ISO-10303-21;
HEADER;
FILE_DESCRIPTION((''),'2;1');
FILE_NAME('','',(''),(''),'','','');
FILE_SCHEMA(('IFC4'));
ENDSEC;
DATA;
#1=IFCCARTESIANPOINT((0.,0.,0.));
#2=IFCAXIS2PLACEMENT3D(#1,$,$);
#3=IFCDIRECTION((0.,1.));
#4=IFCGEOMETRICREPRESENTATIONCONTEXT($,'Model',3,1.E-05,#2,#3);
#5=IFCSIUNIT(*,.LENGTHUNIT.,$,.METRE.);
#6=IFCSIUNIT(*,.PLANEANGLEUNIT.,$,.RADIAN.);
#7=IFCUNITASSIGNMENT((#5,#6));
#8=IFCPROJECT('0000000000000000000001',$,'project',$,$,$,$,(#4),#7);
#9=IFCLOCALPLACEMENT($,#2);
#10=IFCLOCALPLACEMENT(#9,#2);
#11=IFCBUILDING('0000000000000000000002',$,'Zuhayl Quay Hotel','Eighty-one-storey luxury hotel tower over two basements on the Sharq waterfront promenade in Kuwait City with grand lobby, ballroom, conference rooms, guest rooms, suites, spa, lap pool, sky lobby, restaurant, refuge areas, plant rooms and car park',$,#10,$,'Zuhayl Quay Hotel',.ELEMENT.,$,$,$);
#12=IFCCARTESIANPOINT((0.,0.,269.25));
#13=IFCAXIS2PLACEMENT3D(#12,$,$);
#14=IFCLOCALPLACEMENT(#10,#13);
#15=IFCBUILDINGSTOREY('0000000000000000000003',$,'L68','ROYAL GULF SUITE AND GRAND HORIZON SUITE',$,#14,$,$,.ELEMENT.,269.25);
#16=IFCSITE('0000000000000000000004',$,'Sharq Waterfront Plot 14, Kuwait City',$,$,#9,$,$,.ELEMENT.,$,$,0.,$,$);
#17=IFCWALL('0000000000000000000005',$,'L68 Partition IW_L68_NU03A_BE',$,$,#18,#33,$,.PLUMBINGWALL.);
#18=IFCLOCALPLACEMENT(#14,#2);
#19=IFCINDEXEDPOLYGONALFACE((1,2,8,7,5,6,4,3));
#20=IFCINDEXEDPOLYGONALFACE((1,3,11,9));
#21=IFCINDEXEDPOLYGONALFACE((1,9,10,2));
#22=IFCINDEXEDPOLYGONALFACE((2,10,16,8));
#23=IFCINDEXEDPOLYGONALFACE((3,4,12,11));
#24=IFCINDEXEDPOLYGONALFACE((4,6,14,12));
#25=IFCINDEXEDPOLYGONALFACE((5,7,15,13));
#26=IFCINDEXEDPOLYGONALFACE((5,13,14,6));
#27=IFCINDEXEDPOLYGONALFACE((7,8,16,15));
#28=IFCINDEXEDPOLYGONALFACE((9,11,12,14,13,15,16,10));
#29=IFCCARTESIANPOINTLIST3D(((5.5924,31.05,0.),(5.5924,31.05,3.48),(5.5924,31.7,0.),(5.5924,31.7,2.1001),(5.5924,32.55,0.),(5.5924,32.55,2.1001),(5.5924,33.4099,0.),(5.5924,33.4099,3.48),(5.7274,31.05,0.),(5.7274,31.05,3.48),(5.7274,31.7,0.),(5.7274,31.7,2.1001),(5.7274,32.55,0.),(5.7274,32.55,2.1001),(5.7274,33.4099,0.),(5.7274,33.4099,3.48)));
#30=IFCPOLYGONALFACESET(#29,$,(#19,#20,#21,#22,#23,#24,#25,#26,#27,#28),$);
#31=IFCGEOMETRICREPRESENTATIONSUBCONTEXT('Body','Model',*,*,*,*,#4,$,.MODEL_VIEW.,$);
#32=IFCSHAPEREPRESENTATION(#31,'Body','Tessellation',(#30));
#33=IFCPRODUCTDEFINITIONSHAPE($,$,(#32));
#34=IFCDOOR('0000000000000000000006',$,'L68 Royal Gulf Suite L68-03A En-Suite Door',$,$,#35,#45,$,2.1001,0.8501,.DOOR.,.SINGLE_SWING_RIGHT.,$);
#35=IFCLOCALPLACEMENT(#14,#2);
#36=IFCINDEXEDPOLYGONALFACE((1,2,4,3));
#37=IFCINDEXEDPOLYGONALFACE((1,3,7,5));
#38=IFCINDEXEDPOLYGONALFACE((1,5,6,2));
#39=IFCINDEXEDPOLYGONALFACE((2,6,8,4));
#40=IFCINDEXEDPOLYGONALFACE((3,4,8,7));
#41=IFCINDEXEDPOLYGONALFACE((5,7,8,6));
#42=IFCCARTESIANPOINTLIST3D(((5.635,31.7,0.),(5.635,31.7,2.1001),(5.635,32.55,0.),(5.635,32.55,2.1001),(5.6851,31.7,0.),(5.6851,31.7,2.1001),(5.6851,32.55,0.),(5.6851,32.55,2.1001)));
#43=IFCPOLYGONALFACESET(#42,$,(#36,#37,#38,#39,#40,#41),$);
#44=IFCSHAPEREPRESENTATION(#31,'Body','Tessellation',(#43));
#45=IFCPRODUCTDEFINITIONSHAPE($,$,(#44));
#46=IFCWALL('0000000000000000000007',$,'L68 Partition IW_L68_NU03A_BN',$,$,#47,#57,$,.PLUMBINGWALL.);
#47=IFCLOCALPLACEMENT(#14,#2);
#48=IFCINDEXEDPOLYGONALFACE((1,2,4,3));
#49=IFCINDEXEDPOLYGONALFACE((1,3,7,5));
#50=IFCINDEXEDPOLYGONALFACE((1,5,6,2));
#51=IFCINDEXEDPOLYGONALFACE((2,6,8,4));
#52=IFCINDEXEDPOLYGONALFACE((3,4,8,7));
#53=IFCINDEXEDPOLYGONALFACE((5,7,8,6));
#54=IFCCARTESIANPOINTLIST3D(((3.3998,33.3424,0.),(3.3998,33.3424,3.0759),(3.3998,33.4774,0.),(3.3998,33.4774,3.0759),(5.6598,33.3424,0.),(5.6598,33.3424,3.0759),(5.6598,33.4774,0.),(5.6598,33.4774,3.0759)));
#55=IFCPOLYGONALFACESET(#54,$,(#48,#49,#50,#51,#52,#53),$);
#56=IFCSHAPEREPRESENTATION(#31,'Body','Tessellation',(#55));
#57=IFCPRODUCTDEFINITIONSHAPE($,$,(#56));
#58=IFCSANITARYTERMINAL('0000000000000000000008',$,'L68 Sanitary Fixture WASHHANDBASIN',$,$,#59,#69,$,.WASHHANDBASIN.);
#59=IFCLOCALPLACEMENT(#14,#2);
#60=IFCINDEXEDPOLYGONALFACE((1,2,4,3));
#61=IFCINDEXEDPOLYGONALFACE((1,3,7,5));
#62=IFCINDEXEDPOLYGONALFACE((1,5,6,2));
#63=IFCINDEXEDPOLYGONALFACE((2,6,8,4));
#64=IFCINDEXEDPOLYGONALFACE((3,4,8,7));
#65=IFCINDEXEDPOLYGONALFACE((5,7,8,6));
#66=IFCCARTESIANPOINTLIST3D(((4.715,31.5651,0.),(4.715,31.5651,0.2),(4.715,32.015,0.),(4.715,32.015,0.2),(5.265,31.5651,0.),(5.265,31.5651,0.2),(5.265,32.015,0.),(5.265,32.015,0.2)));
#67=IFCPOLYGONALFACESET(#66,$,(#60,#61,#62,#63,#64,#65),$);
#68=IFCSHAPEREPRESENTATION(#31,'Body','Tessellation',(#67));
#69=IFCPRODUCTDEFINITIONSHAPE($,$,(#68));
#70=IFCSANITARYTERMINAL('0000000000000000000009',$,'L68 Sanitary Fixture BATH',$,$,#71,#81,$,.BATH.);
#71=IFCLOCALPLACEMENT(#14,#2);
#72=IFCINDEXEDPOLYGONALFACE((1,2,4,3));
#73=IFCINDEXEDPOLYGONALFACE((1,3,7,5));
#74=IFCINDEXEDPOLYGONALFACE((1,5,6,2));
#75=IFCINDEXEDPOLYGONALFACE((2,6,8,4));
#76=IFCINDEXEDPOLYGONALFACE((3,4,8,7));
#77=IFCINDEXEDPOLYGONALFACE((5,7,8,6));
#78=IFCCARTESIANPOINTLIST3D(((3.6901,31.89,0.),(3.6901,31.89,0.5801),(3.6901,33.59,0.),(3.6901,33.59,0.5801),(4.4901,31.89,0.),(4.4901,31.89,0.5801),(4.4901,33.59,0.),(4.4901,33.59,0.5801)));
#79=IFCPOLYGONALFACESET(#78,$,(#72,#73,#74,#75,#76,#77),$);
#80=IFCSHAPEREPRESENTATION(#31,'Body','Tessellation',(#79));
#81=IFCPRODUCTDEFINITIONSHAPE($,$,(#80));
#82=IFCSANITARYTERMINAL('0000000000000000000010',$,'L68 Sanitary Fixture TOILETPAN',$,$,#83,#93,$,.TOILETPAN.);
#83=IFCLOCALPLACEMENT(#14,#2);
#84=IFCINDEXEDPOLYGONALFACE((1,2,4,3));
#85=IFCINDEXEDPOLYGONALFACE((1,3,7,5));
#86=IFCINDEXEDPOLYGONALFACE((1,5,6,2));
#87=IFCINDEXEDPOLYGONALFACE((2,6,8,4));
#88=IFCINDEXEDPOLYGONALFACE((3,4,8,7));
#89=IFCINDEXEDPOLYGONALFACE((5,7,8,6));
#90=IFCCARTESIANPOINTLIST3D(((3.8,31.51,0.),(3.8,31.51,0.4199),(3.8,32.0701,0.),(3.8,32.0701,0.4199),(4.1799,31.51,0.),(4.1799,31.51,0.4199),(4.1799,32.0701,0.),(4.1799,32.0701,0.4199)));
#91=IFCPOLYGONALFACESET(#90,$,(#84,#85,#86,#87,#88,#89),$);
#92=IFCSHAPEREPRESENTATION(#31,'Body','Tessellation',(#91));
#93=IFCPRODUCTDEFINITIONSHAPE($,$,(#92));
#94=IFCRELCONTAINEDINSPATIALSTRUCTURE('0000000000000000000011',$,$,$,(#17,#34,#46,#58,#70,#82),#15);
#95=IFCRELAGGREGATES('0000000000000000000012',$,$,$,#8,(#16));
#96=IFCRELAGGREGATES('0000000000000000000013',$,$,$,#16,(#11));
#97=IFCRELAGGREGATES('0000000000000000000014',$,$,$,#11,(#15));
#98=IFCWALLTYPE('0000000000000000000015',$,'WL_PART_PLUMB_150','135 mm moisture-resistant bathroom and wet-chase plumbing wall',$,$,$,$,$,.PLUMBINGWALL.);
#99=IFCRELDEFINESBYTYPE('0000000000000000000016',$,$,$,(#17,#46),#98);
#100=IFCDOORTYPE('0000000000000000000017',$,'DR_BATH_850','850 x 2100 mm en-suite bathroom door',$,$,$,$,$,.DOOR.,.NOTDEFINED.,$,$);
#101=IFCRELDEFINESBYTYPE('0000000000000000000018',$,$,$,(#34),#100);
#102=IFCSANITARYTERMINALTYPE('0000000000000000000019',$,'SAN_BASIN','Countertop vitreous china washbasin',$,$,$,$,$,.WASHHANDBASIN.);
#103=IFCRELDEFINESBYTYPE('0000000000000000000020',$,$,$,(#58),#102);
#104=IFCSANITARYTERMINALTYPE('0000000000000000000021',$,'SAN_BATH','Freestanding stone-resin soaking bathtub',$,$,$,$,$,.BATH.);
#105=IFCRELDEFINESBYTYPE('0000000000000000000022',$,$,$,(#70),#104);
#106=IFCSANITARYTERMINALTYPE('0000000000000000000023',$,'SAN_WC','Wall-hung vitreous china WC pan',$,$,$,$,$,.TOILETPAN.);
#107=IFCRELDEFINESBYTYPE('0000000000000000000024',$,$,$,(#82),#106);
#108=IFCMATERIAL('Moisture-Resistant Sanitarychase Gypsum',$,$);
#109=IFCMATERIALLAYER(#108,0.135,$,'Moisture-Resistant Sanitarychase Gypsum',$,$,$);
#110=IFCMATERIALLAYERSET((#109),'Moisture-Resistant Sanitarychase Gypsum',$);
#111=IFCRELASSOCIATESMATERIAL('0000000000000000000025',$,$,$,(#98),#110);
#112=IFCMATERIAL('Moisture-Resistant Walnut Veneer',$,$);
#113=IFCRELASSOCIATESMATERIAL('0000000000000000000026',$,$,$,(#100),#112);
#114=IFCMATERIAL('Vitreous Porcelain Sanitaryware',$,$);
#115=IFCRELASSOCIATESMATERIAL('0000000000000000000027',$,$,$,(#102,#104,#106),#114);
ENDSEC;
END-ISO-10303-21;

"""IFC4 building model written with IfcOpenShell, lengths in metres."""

from ifc_helpers import new_model, si_unit, direction, frame, frame_2d, origin, origin_2d, place, context, subcontext, project, spatial, rectangle, extrude, material, layer, layer_set, type_object, element, fill, save


model = new_model("IFC4")

# Units and contexts
model_context = context("Model", 3, precision=1e-05, world=origin(), true_north=direction((0.0, 1.0)))
body_context = subcontext(model_context, "Body", "Model", "MODEL_VIEW")
ifc_project = project(units=[si_unit("LENGTHUNIT", "METRE"), si_unit("PLANEANGLEUNIT", "RADIAN")], contexts=[model_context])

# Site, building, storey
site_placement = place(None, origin())
site = spatial("IfcSite", under=ifc_project, at=site_placement, Name="Sharq Waterfront Plot 14, Kuwait City", CompositionType="ELEMENT", RefElevation=0.0)
building_placement = place(site_placement, origin())
building = spatial("IfcBuilding", under=site, at=building_placement, Name="Zuhayl Quay Hotel", Description="Eighty-one-storey luxury hotel tower over two basements on the Sharq waterfront promenade in Kuwait City with grand lobby, ballroom, conference rooms, guest rooms, suites, spa, lap pool, sky lobby, restaurant, refuge areas, plant rooms and car park", LongName="Zuhayl Quay Hotel", CompositionType="ELEMENT")
storey_placement = place(building_placement, frame((0.0, 0.0, 269.25)))
storey = spatial("IfcBuildingStorey", under=building, at=storey_placement, Name="L68", Description="ROYAL GULF SUITE AND GRAND HORIZON SUITE", CompositionType="ELEMENT", Elevation=269.25)

# Wall, opening, door
ifc_material_1 = material(Name="Moisture-Resistant Sanitarychase Gypsum")
ifc_layer_1 = layer(ifc_material_1, 0.135, Name="Moisture-Resistant Sanitarychase Gypsum")
ifc_layer_set_1 = layer_set([ifc_layer_1], Name="Moisture-Resistant Sanitarychase Gypsum")
wall_type_1 = type_object("IfcWallType", Name="WL_PART_PLUMB_150", Description="135 mm moisture-resistant bathroom and wet-chase plumbing wall", PredefinedType="PLUMBINGWALL", material=ifc_layer_set_1)
wall_1_placement = place(storey_placement, frame((5.6599, 31.05, 0.0), z_axis=(0.0, 0.0, 1.0), x_axis=(0.0, 1.0, 0.0)))
wall_1 = element("IfcWall", 1, at=wall_1_placement, inside=storey, type_object=wall_type_1, Name="L68 Partition IW_L68_NU03A_BE", PredefinedType="PLUMBINGWALL", context=body_context, shape_type="SweptSolid", body=[
    extrude(rectangle(XDim=2.3599, YDim=0.135, at=frame_2d((1.1799, 0.0))), origin(), (0.0, 0.0, 1.0), 3.48),
])
opening_1_placement = place(wall_1_placement, frame((0.6499, 0.0, 0.0)))
opening_1 = element("IfcOpeningElement", 2, at=opening_1_placement, cuts=wall_1, PredefinedType="OPENING", context=body_context, shape_type="SweptSolid", body=[
    extrude(rectangle(XDim=0.8501, YDim=2.1001, at=frame_2d((0.425, 1.05))), frame((0.0, 0.0774, 0.0), z_axis=(0.0, -1.0, 0.0), x_axis=(1.0, 0.0, 0.0)), (0.0, 0.0, 1.0), 0.155),
])
ifc_material_2 = material(Name="Moisture-Resistant Walnut Veneer")
door_type_1 = type_object("IfcDoorType", Name="DR_BATH_850", Description="850 x 2100 mm en-suite bathroom door", OperationType="NOTDEFINED", PredefinedType="DOOR", material=ifc_material_2)
door_1_placement = place(opening_1_placement, origin())
door_1 = element("IfcDoor", 3, at=door_1_placement, inside=storey, type_object=door_type_1, Name="L68 Royal Gulf Suite L68-03A En-Suite Door", OperationType="SINGLE_SWING_RIGHT", OverallHeight=2.1001, OverallWidth=0.8501, PredefinedType="DOOR", context=body_context, shape_type="SweptSolid", body=[
    extrude(rectangle(XDim=0.8501, YDim=2.1001, at=frame_2d((0.425, 1.05))), frame((0.0, 0.0249, 0.0), z_axis=(0.0, -1.0, 0.0), x_axis=(1.0, 0.0, 0.0)), (0.0, 0.0, 1.0), 0.05),
])
fill(opening_1, door_1)

# Wall
wall_2_placement = place(storey_placement, frame((3.3999, 33.4099, 0.0), z_axis=(0.0, 0.0, 1.0), x_axis=(1.0, 0.0, 0.0)))
element("IfcWall", 4, at=wall_2_placement, inside=storey, type_object=wall_type_1, Name="L68 Partition IW_L68_NU03A_BN", PredefinedType="PLUMBINGWALL", context=body_context, shape_type="SweptSolid", body=[
    extrude(rectangle(XDim=2.26, YDim=0.135, at=frame_2d((1.1299, 0.0))), origin(), (0.0, 0.0, 1.0), 3.0759),
])

# Sanitary terminals
ifc_material_3 = material(Name="Vitreous Porcelain Sanitaryware")
sanitary_terminal_type_1 = type_object("IfcSanitaryTerminalType", Name="SAN_BASIN", Description="Countertop vitreous china washbasin", PredefinedType="WASHHANDBASIN", material=ifc_material_3)
sanitary_terminal_1_placement = place(storey_placement, frame((4.99, 31.79, 0.0), z_axis=(0.0, 0.0, 1.0), x_axis=(1.0, 0.0, 0.0)))
element("IfcSanitaryTerminal", 5, at=sanitary_terminal_1_placement, inside=storey, type_object=sanitary_terminal_type_1, Name="L68 Sanitary Fixture WASHHANDBASIN", PredefinedType="WASHHANDBASIN", context=body_context, shape_type="SweptSolid", body=[
    extrude(rectangle(XDim=0.55, YDim=0.45, at=origin_2d()), origin(), (0.0, 0.0, 1.0), 0.2),
])
sanitary_terminal_type_2 = type_object("IfcSanitaryTerminalType", Name="SAN_BATH", Description="Freestanding stone-resin soaking bathtub", PredefinedType="BATH", material=ifc_material_3)
sanitary_terminal_2_placement = place(storey_placement, frame((4.0901, 32.74, 0.0), z_axis=(0.0, 0.0, 1.0), x_axis=(1.0, 0.0, 0.0)))
element("IfcSanitaryTerminal", 6, at=sanitary_terminal_2_placement, inside=storey, type_object=sanitary_terminal_type_2, Name="L68 Sanitary Fixture BATH", PredefinedType="BATH", context=body_context, shape_type="SweptSolid", body=[
    extrude(rectangle(XDim=0.8, YDim=1.7, at=origin_2d()), origin(), (0.0, 0.0, 1.0), 0.5801),
])
sanitary_terminal_type_3 = type_object("IfcSanitaryTerminalType", Name="SAN_WC", Description="Wall-hung vitreous china WC pan", PredefinedType="TOILETPAN", material=ifc_material_3)
sanitary_terminal_3_placement = place(storey_placement, frame((3.99, 31.79, 0.0), z_axis=(0.0, 0.0, 1.0), x_axis=(1.0, 0.0, 0.0)))
element("IfcSanitaryTerminal", 7, at=sanitary_terminal_3_placement, inside=storey, type_object=sanitary_terminal_type_3, Name="L68 Sanitary Fixture TOILETPAN", PredefinedType="TOILETPAN", context=body_context, shape_type="SweptSolid", body=[
    extrude(rectangle(XDim=0.3799, YDim=0.5601, at=origin_2d()), origin(), (0.0, 0.0, 1.0), 0.4199),
])

save(model, "model.ifc")
